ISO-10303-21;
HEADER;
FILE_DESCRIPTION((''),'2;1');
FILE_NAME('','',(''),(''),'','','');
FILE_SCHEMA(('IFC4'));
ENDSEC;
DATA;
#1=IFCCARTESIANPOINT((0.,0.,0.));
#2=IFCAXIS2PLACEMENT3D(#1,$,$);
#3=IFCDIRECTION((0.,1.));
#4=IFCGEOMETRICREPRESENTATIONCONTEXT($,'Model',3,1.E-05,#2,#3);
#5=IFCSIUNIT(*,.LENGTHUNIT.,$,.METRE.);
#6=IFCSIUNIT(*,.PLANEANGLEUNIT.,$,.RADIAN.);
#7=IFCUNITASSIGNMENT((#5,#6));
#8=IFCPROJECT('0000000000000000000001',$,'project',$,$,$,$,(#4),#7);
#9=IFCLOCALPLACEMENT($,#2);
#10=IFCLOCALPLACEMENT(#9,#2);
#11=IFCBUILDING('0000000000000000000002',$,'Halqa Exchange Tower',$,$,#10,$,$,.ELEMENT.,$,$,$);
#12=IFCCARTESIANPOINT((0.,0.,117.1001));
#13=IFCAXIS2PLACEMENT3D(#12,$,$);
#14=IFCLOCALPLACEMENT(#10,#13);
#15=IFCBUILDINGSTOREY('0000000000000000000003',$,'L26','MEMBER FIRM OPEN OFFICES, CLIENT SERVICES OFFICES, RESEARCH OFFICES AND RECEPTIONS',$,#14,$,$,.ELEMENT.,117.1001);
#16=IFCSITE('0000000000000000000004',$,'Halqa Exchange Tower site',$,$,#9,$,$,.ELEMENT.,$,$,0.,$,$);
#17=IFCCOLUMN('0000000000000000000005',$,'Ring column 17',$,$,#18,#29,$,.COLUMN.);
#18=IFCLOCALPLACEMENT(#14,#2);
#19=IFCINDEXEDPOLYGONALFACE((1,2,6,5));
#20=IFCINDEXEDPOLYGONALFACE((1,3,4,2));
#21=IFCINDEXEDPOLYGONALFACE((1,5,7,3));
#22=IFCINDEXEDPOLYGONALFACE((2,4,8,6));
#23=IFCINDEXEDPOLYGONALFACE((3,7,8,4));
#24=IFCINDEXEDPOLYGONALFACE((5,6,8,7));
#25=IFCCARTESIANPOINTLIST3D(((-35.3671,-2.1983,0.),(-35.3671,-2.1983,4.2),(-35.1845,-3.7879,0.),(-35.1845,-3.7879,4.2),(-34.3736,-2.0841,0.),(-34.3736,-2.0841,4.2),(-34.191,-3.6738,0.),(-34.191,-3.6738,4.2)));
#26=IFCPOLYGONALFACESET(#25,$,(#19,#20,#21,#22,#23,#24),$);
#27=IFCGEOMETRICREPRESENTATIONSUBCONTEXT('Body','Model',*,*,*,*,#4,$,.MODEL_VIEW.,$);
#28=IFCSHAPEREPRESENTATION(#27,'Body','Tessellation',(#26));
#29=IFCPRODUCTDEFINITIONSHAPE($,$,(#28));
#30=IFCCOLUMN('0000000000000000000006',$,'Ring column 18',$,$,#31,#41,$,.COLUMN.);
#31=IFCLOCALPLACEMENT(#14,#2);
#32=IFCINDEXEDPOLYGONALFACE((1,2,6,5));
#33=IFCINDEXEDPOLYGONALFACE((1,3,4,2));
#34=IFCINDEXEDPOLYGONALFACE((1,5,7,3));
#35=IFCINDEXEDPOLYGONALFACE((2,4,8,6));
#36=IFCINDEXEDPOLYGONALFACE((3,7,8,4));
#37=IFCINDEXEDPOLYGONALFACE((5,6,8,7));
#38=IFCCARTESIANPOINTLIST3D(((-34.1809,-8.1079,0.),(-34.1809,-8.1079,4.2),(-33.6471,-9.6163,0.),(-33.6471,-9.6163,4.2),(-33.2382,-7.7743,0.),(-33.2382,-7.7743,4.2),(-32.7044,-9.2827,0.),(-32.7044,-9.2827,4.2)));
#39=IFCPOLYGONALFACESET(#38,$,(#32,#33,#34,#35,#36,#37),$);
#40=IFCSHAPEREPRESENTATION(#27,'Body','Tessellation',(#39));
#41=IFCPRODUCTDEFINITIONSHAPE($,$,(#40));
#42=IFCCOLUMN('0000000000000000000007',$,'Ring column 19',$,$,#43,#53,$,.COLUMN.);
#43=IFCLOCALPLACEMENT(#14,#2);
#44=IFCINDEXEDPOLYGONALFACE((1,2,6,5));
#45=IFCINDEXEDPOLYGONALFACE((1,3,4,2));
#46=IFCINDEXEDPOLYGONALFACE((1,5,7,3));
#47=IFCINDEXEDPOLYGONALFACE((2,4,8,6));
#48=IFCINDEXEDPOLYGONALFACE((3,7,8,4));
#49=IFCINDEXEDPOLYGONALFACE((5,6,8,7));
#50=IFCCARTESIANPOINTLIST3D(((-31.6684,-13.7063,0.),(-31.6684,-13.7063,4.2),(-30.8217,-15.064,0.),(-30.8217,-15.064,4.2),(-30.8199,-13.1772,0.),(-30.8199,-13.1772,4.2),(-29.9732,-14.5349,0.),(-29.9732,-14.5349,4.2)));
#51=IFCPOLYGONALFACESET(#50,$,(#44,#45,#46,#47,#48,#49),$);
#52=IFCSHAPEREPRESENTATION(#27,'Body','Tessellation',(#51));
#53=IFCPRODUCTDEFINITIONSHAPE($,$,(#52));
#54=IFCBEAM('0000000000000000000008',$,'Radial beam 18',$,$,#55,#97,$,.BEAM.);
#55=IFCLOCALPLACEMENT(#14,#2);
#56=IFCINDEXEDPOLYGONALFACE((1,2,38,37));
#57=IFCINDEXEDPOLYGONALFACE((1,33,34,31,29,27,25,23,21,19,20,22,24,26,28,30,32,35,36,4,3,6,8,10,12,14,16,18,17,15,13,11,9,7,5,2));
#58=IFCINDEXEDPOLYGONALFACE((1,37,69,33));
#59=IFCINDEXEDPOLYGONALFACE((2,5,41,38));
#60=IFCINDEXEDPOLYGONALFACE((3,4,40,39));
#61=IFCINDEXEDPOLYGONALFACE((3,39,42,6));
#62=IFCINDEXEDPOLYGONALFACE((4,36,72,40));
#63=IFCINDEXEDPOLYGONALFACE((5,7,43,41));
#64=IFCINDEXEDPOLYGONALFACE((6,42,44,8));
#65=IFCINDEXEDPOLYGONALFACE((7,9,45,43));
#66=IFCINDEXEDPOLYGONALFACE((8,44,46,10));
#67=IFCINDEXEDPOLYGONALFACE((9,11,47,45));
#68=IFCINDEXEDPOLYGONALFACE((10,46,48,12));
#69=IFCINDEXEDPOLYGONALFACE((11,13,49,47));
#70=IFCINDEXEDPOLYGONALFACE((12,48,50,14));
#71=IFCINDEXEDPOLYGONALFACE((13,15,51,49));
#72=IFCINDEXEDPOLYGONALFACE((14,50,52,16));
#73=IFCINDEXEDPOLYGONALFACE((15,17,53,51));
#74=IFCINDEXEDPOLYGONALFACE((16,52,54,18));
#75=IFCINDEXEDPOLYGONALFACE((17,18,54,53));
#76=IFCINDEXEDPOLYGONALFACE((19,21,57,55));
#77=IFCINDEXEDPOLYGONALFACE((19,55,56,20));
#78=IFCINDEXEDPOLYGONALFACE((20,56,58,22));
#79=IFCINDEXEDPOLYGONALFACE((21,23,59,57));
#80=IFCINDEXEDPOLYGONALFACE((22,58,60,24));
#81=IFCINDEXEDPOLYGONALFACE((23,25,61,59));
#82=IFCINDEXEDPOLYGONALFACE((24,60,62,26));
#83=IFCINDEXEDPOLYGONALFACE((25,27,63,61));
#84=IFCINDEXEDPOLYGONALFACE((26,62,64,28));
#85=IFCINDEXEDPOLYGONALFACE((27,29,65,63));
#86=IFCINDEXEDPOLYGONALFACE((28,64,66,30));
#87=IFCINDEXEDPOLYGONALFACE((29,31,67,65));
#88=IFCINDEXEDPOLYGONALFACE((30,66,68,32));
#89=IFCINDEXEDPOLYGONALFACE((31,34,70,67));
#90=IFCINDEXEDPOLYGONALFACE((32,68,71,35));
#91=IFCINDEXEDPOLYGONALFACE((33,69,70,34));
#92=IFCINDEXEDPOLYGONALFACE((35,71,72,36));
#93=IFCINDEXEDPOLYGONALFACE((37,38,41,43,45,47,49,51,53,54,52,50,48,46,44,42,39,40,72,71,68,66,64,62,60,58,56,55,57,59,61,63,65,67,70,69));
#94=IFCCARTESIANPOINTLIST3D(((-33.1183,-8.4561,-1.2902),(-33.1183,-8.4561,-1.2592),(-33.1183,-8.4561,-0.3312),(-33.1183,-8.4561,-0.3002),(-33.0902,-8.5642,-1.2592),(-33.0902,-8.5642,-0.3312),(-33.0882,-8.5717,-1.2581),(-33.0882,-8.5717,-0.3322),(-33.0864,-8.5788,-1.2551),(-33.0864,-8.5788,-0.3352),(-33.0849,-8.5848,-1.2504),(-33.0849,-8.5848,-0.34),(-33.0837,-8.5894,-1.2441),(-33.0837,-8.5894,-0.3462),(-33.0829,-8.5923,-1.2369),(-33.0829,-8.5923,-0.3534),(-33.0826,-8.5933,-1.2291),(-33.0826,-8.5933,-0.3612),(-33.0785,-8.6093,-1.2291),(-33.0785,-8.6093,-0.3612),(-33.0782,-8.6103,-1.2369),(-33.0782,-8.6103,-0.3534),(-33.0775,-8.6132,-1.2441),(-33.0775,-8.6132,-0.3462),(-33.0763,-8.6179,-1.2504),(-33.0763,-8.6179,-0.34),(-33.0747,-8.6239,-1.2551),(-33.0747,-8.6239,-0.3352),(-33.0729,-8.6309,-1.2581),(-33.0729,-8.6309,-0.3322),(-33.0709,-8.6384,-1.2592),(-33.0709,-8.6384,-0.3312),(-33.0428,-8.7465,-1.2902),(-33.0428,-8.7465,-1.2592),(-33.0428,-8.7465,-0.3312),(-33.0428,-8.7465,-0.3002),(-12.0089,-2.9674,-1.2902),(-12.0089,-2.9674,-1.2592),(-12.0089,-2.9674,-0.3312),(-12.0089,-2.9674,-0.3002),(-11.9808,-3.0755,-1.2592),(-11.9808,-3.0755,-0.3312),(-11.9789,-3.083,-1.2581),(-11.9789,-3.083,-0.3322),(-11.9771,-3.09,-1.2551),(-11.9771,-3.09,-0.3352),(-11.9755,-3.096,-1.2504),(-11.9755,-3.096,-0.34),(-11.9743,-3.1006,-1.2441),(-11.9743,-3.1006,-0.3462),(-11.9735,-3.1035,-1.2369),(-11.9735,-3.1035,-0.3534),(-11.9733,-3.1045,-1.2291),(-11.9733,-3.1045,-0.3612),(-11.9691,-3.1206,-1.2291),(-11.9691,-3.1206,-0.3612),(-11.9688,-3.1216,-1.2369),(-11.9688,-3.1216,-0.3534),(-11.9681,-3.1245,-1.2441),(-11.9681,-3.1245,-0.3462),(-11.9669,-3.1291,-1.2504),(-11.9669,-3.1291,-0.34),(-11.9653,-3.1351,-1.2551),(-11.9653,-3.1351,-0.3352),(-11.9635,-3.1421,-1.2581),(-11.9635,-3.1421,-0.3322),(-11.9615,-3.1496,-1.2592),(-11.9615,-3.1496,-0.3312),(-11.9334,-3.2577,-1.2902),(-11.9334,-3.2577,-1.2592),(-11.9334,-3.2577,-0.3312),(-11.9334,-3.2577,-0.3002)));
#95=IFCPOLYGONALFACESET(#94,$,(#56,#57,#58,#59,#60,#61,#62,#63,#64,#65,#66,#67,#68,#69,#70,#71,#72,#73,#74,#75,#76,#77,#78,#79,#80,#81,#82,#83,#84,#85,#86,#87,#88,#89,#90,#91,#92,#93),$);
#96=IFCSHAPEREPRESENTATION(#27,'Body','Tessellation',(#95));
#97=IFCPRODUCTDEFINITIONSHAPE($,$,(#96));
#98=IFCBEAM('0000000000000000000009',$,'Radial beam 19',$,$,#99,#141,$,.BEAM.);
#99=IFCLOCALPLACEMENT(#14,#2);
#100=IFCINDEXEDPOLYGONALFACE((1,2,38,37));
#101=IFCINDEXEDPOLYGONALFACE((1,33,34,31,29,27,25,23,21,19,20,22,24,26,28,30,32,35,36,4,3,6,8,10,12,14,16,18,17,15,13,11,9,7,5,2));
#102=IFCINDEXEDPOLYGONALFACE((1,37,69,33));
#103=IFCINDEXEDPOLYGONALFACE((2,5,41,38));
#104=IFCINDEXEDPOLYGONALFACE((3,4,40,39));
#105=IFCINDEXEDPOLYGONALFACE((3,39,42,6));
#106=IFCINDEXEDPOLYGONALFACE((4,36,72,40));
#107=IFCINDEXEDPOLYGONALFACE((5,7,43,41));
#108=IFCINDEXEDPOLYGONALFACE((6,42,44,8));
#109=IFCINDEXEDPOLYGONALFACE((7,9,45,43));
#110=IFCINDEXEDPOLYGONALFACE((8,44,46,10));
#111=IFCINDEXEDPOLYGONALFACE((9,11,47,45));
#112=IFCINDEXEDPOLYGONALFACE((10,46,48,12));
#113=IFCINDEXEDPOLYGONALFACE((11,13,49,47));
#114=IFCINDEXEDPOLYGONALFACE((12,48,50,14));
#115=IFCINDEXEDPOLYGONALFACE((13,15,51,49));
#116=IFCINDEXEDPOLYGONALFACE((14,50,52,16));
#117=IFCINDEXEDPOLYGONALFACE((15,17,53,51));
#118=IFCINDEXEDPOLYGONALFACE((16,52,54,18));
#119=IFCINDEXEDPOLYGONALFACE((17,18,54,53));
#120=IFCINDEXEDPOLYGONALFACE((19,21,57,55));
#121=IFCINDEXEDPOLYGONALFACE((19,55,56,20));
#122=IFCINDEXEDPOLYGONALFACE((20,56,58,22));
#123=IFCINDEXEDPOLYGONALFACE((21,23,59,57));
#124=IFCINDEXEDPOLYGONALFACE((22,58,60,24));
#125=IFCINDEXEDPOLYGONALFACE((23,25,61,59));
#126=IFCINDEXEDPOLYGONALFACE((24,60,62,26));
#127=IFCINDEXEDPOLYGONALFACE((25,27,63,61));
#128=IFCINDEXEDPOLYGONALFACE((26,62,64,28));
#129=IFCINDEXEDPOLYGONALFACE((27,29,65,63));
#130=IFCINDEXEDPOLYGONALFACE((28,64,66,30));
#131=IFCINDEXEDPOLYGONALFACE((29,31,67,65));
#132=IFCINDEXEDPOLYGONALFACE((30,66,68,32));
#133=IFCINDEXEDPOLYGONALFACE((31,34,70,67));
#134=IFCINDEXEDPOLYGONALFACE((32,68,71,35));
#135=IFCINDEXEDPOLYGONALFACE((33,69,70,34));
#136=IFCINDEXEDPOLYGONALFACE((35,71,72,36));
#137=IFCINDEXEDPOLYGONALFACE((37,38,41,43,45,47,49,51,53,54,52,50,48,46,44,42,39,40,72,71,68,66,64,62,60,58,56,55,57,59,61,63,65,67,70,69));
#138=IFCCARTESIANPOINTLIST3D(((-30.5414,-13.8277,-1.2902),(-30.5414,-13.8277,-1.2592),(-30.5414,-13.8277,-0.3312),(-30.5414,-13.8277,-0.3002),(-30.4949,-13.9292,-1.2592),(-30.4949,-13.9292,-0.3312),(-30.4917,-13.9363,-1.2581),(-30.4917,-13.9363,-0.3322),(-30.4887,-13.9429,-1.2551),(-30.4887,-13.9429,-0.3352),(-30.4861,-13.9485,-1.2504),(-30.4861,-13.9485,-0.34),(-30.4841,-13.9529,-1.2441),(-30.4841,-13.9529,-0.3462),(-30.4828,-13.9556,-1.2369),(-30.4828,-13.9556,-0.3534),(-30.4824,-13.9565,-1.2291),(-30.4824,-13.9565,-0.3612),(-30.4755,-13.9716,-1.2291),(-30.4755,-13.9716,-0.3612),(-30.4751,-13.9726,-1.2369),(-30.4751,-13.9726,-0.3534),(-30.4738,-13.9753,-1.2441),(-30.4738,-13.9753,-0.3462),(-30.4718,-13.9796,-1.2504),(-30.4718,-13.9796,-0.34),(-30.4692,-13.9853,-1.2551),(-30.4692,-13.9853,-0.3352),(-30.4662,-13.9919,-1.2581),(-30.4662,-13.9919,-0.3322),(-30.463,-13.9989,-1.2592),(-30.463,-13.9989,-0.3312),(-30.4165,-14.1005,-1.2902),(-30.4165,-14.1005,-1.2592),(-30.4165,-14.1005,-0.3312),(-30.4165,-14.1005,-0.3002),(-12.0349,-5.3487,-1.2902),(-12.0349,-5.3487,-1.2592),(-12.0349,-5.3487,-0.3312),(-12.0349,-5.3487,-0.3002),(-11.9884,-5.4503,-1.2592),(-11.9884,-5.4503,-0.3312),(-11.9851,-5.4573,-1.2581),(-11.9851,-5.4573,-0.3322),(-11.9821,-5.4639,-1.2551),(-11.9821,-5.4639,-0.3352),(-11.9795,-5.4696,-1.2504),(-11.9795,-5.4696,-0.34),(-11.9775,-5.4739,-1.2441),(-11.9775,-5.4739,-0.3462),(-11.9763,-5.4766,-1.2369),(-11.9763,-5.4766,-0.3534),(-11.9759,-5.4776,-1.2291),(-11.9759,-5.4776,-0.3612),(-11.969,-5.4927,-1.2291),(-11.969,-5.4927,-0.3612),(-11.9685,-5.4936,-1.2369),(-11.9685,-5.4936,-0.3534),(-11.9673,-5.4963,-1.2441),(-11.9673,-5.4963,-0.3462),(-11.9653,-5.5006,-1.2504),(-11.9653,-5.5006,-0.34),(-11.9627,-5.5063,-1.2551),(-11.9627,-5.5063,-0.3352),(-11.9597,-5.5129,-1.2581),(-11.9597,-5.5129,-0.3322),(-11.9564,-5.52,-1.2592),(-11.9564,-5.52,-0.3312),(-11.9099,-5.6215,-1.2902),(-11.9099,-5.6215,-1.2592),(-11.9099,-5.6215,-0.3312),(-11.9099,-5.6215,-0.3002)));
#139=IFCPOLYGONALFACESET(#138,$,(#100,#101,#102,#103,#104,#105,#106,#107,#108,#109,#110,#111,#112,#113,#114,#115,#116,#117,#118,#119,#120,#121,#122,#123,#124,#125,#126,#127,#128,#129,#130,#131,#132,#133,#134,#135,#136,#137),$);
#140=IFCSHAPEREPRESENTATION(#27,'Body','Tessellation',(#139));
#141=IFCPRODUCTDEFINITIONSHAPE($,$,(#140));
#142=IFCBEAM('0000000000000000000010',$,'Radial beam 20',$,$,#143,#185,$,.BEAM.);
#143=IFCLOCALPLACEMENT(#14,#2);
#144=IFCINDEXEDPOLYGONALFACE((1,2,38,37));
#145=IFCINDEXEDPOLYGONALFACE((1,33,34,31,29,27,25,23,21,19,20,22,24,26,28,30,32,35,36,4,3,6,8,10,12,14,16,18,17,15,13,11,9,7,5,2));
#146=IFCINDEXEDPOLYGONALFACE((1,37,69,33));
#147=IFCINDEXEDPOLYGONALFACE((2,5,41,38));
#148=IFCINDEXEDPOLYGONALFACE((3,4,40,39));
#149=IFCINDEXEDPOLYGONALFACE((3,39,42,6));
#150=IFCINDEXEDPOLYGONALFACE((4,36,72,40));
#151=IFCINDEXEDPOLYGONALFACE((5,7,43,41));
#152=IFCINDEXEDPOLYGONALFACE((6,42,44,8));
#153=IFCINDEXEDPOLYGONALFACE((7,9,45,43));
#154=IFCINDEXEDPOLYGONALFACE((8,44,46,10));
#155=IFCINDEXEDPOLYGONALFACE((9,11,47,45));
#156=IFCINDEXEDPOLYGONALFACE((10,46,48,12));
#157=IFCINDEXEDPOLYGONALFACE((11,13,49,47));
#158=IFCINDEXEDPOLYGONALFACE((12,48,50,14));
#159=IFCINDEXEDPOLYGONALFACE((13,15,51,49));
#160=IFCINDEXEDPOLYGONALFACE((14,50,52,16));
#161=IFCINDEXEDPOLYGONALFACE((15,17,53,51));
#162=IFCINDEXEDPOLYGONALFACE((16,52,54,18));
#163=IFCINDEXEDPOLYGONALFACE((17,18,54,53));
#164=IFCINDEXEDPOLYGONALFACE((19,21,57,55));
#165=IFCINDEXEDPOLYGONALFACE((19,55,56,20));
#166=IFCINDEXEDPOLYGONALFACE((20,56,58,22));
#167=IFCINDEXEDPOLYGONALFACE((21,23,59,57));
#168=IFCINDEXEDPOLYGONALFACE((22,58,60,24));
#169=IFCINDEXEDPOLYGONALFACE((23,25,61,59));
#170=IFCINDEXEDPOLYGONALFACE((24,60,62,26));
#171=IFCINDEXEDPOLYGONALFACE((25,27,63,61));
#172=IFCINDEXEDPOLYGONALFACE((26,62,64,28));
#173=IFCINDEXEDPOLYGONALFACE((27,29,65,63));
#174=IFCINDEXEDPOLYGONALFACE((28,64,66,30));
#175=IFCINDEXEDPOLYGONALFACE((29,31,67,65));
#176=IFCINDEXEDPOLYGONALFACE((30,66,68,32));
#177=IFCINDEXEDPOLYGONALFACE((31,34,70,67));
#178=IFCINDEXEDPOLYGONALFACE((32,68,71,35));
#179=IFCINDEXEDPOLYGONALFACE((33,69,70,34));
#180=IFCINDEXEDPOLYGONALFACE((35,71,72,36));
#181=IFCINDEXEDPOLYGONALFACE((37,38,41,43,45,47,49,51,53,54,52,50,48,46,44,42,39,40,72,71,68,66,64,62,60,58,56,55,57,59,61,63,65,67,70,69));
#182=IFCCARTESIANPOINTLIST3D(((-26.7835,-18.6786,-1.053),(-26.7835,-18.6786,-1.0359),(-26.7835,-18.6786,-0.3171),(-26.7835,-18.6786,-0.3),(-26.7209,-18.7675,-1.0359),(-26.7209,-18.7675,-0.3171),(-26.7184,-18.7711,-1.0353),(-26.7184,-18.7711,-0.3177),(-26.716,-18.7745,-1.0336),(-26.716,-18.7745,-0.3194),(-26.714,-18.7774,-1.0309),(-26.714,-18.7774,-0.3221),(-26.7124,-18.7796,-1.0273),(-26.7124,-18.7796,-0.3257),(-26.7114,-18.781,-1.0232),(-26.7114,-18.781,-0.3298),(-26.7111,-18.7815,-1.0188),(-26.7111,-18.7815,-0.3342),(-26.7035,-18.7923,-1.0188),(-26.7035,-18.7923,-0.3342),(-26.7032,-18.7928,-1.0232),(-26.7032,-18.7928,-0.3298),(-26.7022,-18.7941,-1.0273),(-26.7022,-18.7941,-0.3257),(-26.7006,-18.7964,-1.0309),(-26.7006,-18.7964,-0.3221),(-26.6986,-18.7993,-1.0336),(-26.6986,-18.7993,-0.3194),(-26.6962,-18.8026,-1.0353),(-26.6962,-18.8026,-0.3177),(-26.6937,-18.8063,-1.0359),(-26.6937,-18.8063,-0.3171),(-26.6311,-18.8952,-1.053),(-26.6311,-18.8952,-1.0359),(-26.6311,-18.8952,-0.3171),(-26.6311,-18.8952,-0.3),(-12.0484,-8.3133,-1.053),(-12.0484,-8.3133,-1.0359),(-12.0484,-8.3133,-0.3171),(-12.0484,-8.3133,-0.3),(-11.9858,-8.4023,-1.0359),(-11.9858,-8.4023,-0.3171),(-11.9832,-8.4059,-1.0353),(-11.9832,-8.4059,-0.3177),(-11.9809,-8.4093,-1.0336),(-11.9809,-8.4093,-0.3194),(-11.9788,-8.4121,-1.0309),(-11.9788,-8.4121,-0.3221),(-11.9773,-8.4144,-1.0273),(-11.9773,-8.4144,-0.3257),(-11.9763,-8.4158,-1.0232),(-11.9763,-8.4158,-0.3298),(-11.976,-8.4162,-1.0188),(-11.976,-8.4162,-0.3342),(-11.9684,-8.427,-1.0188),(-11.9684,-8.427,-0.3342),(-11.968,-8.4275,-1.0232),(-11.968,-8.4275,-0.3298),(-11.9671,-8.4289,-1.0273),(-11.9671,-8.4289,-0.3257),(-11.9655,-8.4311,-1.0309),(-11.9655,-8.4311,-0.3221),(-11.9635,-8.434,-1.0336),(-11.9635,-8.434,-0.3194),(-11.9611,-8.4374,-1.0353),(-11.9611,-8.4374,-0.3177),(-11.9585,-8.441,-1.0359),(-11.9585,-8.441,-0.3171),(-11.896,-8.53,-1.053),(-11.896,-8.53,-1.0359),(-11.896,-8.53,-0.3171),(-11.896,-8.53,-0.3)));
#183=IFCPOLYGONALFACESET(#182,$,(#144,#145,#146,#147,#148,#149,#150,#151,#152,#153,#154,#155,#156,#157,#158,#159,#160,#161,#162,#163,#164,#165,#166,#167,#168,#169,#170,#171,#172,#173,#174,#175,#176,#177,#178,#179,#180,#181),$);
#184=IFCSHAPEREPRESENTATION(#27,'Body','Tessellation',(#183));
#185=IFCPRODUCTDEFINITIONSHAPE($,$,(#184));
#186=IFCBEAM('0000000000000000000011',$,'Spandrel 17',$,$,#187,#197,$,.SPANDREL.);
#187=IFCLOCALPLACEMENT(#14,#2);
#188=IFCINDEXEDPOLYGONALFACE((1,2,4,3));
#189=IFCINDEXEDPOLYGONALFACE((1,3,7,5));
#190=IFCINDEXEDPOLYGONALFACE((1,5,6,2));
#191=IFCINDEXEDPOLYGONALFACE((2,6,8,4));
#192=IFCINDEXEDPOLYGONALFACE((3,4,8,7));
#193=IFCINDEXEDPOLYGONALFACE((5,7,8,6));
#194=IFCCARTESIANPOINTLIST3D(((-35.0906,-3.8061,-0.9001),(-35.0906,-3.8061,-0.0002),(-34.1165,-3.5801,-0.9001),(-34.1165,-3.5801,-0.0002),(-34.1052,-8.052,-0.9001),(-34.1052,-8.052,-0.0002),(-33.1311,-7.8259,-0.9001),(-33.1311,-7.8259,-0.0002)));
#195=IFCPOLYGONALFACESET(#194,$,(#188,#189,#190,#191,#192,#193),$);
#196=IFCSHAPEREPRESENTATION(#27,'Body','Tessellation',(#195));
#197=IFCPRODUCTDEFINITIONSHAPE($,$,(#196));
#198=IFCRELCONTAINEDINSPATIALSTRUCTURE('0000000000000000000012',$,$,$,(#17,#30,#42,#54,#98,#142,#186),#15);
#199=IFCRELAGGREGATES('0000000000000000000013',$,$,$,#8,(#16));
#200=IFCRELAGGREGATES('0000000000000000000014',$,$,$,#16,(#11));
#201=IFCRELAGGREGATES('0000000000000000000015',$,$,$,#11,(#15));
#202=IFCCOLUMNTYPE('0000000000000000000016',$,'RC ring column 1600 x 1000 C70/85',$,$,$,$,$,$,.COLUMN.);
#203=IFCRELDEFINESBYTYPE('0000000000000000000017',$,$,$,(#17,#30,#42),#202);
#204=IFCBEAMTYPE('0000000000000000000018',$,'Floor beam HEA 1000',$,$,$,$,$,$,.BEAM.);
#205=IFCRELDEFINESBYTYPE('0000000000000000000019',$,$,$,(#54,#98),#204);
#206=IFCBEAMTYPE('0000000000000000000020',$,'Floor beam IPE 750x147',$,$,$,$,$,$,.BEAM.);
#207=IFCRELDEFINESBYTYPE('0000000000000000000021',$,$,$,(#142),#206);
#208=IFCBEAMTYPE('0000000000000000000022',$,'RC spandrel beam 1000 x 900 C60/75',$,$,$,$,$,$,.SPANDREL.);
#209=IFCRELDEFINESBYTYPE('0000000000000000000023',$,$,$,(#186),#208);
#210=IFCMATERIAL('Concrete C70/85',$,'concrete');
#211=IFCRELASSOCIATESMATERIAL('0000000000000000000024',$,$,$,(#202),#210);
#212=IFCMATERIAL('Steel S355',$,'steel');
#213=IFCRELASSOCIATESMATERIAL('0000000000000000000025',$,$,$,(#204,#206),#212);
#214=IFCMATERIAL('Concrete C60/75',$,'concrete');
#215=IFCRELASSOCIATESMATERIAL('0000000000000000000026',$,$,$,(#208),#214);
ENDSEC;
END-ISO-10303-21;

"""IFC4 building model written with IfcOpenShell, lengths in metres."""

from ifc_helpers import new_model, si_unit, direction, frame, origin, origin_2d, place, context, subcontext, project, spatial, rectangle, i_section, extrude, material, material_profile, profile_set, type_object, element, save


model = new_model("IFC4")

# Units and contexts
model_context = context("Model", 3, precision=1e-05, world=origin(), true_north=direction((0.0, 1.0)))
body_context = subcontext(model_context, "Body", "Model", "MODEL_VIEW")
ifc_project = project(units=[si_unit("LENGTHUNIT", "METRE"), si_unit("PLANEANGLEUNIT", "RADIAN")], contexts=[model_context])

# Site, building, storey
site_placement = place(None, origin())
site = spatial("IfcSite", under=ifc_project, at=site_placement, Name="Halqa Exchange Tower site", CompositionType="ELEMENT", RefElevation=0.0)
building_placement = place(site_placement, origin())
building = spatial("IfcBuilding", under=site, at=building_placement, Name="Halqa Exchange Tower", CompositionType="ELEMENT")
storey_placement = place(building_placement, frame((0.0, 0.0, 117.1001)))
storey = spatial("IfcBuildingStorey", under=building, at=storey_placement, Name="L26", Description="MEMBER FIRM OPEN OFFICES, CLIENT SERVICES OFFICES, RESEARCH OFFICES AND RECEPTIONS", CompositionType="ELEMENT", Elevation=117.1001)

# Columns
ifc_material_1 = material(Name="Concrete C70/85", Category="concrete")
ifc_material_profile_1 = material_profile(ifc_material_1, rectangle(XDim=1.6001, YDim=1.0, at=origin_2d()), Name="1600 x 1000")
ifc_profile_set_1 = profile_set([ifc_material_profile_1], Name="Concrete C70/85")
column_type = type_object("IfcColumnType", Name="RC ring column 1600 x 1000 C70/85", PredefinedType="COLUMN", material=ifc_profile_set_1)
for number, where, z_axis, x_axis, name in (
    (1, (-34.7791, -2.936, 0.0), (0.0, 0.0, 1.0), (0.114152, -0.993463, 0.0), "Ring column 17"),
    (2, (-33.4426, -8.6953, 0.0), (0.0, 0.0, 1.0), (0.333624, -0.942706, 0.0), "Ring column 18"),
    (3, (-30.8208, -14.1206, 0.0), (0.0, 0.0, 1.0), (0.529142, -0.848533, 0.0), "Ring column 19"),
):
    element("IfcColumn", number, at=place(storey_placement, frame(where, z_axis=z_axis, x_axis=x_axis)), inside=storey, type_object=column_type, Name=name, PredefinedType="COLUMN", context=body_context, shape_type="SweptSolid", body=[
        extrude(rectangle(XDim=1.6001, YDim=1.0, at=origin_2d()), origin(), (0.0, 0.0, 1.0), 4.2),
    ])

# Beams
ifc_material_2 = material(Name="Steel S355", Category="steel")
ifc_material_profile_2 = material_profile(ifc_material_2, i_section(OverallWidth=0.3, OverallDepth=0.99, WebThickness=0.0166, FlangeThickness=0.031, FilletRadius=0.03, at=origin_2d()), Name="HEA 1000")
ifc_profile_set_2 = profile_set([ifc_material_profile_2], Name="Steel S355")
beam_type_1 = type_object("IfcBeamType", Name="Floor beam HEA 1000", PredefinedType="BEAM", material=ifc_profile_set_2)
beam_1_placement = place(storey_placement, frame((-11.9712, -3.1125, -0.7952), z_axis=(-0.967819, -0.251648, 0.0), x_axis=(0.251648, -0.967819, 0.0)))
element("IfcBeam", 4, at=beam_1_placement, inside=storey, type_object=beam_type_1, Name="Radial beam 18", PredefinedType="BEAM", context=body_context, shape_type="SweptSolid", body=[
    extrude(i_section(OverallWidth=0.3, OverallDepth=0.99, WebThickness=0.0166, FlangeThickness=0.031, FilletRadius=0.03, at=origin_2d()), origin(), (0.0, 0.0, 1.0), 21.8113),
])
beam_2_placement = place(storey_placement, frame((-11.9724, -5.4851, -0.7952), z_axis=(-0.909124, -0.416525, 0.0), x_axis=(0.416525, -0.909124, 0.0)))
element("IfcBeam", 5, at=beam_2_placement, inside=storey, type_object=beam_type_1, Name="Radial beam 19", PredefinedType="BEAM", context=body_context, shape_type="SweptSolid", body=[
    extrude(i_section(OverallWidth=0.3, OverallDepth=0.99, WebThickness=0.0166, FlangeThickness=0.031, FilletRadius=0.03, at=origin_2d()), origin(), (0.0, 0.0, 1.0), 20.3564),
])
ifc_material_profile_3 = material_profile(ifc_material_2, i_section(OverallWidth=0.2649, OverallDepth=0.7529, WebThickness=0.0132, FlangeThickness=0.0171, FilletRadius=0.0171, at=origin_2d()), Name="IPE 750x147")
ifc_profile_set_3 = profile_set([ifc_material_profile_3], Name="Steel S355")
beam_type_2 = type_object("IfcBeamType", Name="Floor beam IPE 750x147", PredefinedType="BEAM", material=ifc_profile_set_3)
beam_3_placement = place(storey_placement, frame((-11.9722, -8.4216, -0.6765), z_axis=(-0.817909, -0.575348, 0.0), x_axis=(0.575348, -0.817909, 0.0)))
element("IfcBeam", 6, at=beam_3_placement, inside=storey, type_object=beam_type_2, Name="Radial beam 20", PredefinedType="BEAM", context=body_context, shape_type="SweptSolid", body=[
    extrude(i_section(OverallWidth=0.2649, OverallDepth=0.7529, WebThickness=0.0132, FlangeThickness=0.0171, FilletRadius=0.0171, at=origin_2d()), origin(), (0.0, 0.0, 1.0), 18.0156),
])
ifc_material_3 = material(Name="Concrete C60/75", Category="concrete")
ifc_material_profile_4 = material_profile(ifc_material_3, rectangle(XDim=1.0, YDim=0.8999, at=origin_2d()), Name="1000 x 900")
ifc_profile_set_4 = profile_set([ifc_material_profile_4], Name="Concrete C60/75")
beam_type_3 = type_object("IfcBeamType", Name="RC spandrel beam 1000 x 900 C60/75", PredefinedType="SPANDREL", material=ifc_profile_set_4)
beam_4_placement = place(storey_placement, frame((-34.6035, -3.6931, -0.4502), z_axis=(0.226066, -0.974112, 0.0), x_axis=(0.974112, 0.226066, 0.0)))
element("IfcBeam", 7, at=beam_4_placement, inside=storey, type_object=beam_type_3, Name="Spandrel 17", PredefinedType="SPANDREL", context=body_context, shape_type="SweptSolid", body=[
    extrude(rectangle(XDim=1.0, YDim=0.8999, at=origin_2d()), origin(), (0.0, 0.0, 1.0), 4.3586),
])

save(model, "model.ifc")
